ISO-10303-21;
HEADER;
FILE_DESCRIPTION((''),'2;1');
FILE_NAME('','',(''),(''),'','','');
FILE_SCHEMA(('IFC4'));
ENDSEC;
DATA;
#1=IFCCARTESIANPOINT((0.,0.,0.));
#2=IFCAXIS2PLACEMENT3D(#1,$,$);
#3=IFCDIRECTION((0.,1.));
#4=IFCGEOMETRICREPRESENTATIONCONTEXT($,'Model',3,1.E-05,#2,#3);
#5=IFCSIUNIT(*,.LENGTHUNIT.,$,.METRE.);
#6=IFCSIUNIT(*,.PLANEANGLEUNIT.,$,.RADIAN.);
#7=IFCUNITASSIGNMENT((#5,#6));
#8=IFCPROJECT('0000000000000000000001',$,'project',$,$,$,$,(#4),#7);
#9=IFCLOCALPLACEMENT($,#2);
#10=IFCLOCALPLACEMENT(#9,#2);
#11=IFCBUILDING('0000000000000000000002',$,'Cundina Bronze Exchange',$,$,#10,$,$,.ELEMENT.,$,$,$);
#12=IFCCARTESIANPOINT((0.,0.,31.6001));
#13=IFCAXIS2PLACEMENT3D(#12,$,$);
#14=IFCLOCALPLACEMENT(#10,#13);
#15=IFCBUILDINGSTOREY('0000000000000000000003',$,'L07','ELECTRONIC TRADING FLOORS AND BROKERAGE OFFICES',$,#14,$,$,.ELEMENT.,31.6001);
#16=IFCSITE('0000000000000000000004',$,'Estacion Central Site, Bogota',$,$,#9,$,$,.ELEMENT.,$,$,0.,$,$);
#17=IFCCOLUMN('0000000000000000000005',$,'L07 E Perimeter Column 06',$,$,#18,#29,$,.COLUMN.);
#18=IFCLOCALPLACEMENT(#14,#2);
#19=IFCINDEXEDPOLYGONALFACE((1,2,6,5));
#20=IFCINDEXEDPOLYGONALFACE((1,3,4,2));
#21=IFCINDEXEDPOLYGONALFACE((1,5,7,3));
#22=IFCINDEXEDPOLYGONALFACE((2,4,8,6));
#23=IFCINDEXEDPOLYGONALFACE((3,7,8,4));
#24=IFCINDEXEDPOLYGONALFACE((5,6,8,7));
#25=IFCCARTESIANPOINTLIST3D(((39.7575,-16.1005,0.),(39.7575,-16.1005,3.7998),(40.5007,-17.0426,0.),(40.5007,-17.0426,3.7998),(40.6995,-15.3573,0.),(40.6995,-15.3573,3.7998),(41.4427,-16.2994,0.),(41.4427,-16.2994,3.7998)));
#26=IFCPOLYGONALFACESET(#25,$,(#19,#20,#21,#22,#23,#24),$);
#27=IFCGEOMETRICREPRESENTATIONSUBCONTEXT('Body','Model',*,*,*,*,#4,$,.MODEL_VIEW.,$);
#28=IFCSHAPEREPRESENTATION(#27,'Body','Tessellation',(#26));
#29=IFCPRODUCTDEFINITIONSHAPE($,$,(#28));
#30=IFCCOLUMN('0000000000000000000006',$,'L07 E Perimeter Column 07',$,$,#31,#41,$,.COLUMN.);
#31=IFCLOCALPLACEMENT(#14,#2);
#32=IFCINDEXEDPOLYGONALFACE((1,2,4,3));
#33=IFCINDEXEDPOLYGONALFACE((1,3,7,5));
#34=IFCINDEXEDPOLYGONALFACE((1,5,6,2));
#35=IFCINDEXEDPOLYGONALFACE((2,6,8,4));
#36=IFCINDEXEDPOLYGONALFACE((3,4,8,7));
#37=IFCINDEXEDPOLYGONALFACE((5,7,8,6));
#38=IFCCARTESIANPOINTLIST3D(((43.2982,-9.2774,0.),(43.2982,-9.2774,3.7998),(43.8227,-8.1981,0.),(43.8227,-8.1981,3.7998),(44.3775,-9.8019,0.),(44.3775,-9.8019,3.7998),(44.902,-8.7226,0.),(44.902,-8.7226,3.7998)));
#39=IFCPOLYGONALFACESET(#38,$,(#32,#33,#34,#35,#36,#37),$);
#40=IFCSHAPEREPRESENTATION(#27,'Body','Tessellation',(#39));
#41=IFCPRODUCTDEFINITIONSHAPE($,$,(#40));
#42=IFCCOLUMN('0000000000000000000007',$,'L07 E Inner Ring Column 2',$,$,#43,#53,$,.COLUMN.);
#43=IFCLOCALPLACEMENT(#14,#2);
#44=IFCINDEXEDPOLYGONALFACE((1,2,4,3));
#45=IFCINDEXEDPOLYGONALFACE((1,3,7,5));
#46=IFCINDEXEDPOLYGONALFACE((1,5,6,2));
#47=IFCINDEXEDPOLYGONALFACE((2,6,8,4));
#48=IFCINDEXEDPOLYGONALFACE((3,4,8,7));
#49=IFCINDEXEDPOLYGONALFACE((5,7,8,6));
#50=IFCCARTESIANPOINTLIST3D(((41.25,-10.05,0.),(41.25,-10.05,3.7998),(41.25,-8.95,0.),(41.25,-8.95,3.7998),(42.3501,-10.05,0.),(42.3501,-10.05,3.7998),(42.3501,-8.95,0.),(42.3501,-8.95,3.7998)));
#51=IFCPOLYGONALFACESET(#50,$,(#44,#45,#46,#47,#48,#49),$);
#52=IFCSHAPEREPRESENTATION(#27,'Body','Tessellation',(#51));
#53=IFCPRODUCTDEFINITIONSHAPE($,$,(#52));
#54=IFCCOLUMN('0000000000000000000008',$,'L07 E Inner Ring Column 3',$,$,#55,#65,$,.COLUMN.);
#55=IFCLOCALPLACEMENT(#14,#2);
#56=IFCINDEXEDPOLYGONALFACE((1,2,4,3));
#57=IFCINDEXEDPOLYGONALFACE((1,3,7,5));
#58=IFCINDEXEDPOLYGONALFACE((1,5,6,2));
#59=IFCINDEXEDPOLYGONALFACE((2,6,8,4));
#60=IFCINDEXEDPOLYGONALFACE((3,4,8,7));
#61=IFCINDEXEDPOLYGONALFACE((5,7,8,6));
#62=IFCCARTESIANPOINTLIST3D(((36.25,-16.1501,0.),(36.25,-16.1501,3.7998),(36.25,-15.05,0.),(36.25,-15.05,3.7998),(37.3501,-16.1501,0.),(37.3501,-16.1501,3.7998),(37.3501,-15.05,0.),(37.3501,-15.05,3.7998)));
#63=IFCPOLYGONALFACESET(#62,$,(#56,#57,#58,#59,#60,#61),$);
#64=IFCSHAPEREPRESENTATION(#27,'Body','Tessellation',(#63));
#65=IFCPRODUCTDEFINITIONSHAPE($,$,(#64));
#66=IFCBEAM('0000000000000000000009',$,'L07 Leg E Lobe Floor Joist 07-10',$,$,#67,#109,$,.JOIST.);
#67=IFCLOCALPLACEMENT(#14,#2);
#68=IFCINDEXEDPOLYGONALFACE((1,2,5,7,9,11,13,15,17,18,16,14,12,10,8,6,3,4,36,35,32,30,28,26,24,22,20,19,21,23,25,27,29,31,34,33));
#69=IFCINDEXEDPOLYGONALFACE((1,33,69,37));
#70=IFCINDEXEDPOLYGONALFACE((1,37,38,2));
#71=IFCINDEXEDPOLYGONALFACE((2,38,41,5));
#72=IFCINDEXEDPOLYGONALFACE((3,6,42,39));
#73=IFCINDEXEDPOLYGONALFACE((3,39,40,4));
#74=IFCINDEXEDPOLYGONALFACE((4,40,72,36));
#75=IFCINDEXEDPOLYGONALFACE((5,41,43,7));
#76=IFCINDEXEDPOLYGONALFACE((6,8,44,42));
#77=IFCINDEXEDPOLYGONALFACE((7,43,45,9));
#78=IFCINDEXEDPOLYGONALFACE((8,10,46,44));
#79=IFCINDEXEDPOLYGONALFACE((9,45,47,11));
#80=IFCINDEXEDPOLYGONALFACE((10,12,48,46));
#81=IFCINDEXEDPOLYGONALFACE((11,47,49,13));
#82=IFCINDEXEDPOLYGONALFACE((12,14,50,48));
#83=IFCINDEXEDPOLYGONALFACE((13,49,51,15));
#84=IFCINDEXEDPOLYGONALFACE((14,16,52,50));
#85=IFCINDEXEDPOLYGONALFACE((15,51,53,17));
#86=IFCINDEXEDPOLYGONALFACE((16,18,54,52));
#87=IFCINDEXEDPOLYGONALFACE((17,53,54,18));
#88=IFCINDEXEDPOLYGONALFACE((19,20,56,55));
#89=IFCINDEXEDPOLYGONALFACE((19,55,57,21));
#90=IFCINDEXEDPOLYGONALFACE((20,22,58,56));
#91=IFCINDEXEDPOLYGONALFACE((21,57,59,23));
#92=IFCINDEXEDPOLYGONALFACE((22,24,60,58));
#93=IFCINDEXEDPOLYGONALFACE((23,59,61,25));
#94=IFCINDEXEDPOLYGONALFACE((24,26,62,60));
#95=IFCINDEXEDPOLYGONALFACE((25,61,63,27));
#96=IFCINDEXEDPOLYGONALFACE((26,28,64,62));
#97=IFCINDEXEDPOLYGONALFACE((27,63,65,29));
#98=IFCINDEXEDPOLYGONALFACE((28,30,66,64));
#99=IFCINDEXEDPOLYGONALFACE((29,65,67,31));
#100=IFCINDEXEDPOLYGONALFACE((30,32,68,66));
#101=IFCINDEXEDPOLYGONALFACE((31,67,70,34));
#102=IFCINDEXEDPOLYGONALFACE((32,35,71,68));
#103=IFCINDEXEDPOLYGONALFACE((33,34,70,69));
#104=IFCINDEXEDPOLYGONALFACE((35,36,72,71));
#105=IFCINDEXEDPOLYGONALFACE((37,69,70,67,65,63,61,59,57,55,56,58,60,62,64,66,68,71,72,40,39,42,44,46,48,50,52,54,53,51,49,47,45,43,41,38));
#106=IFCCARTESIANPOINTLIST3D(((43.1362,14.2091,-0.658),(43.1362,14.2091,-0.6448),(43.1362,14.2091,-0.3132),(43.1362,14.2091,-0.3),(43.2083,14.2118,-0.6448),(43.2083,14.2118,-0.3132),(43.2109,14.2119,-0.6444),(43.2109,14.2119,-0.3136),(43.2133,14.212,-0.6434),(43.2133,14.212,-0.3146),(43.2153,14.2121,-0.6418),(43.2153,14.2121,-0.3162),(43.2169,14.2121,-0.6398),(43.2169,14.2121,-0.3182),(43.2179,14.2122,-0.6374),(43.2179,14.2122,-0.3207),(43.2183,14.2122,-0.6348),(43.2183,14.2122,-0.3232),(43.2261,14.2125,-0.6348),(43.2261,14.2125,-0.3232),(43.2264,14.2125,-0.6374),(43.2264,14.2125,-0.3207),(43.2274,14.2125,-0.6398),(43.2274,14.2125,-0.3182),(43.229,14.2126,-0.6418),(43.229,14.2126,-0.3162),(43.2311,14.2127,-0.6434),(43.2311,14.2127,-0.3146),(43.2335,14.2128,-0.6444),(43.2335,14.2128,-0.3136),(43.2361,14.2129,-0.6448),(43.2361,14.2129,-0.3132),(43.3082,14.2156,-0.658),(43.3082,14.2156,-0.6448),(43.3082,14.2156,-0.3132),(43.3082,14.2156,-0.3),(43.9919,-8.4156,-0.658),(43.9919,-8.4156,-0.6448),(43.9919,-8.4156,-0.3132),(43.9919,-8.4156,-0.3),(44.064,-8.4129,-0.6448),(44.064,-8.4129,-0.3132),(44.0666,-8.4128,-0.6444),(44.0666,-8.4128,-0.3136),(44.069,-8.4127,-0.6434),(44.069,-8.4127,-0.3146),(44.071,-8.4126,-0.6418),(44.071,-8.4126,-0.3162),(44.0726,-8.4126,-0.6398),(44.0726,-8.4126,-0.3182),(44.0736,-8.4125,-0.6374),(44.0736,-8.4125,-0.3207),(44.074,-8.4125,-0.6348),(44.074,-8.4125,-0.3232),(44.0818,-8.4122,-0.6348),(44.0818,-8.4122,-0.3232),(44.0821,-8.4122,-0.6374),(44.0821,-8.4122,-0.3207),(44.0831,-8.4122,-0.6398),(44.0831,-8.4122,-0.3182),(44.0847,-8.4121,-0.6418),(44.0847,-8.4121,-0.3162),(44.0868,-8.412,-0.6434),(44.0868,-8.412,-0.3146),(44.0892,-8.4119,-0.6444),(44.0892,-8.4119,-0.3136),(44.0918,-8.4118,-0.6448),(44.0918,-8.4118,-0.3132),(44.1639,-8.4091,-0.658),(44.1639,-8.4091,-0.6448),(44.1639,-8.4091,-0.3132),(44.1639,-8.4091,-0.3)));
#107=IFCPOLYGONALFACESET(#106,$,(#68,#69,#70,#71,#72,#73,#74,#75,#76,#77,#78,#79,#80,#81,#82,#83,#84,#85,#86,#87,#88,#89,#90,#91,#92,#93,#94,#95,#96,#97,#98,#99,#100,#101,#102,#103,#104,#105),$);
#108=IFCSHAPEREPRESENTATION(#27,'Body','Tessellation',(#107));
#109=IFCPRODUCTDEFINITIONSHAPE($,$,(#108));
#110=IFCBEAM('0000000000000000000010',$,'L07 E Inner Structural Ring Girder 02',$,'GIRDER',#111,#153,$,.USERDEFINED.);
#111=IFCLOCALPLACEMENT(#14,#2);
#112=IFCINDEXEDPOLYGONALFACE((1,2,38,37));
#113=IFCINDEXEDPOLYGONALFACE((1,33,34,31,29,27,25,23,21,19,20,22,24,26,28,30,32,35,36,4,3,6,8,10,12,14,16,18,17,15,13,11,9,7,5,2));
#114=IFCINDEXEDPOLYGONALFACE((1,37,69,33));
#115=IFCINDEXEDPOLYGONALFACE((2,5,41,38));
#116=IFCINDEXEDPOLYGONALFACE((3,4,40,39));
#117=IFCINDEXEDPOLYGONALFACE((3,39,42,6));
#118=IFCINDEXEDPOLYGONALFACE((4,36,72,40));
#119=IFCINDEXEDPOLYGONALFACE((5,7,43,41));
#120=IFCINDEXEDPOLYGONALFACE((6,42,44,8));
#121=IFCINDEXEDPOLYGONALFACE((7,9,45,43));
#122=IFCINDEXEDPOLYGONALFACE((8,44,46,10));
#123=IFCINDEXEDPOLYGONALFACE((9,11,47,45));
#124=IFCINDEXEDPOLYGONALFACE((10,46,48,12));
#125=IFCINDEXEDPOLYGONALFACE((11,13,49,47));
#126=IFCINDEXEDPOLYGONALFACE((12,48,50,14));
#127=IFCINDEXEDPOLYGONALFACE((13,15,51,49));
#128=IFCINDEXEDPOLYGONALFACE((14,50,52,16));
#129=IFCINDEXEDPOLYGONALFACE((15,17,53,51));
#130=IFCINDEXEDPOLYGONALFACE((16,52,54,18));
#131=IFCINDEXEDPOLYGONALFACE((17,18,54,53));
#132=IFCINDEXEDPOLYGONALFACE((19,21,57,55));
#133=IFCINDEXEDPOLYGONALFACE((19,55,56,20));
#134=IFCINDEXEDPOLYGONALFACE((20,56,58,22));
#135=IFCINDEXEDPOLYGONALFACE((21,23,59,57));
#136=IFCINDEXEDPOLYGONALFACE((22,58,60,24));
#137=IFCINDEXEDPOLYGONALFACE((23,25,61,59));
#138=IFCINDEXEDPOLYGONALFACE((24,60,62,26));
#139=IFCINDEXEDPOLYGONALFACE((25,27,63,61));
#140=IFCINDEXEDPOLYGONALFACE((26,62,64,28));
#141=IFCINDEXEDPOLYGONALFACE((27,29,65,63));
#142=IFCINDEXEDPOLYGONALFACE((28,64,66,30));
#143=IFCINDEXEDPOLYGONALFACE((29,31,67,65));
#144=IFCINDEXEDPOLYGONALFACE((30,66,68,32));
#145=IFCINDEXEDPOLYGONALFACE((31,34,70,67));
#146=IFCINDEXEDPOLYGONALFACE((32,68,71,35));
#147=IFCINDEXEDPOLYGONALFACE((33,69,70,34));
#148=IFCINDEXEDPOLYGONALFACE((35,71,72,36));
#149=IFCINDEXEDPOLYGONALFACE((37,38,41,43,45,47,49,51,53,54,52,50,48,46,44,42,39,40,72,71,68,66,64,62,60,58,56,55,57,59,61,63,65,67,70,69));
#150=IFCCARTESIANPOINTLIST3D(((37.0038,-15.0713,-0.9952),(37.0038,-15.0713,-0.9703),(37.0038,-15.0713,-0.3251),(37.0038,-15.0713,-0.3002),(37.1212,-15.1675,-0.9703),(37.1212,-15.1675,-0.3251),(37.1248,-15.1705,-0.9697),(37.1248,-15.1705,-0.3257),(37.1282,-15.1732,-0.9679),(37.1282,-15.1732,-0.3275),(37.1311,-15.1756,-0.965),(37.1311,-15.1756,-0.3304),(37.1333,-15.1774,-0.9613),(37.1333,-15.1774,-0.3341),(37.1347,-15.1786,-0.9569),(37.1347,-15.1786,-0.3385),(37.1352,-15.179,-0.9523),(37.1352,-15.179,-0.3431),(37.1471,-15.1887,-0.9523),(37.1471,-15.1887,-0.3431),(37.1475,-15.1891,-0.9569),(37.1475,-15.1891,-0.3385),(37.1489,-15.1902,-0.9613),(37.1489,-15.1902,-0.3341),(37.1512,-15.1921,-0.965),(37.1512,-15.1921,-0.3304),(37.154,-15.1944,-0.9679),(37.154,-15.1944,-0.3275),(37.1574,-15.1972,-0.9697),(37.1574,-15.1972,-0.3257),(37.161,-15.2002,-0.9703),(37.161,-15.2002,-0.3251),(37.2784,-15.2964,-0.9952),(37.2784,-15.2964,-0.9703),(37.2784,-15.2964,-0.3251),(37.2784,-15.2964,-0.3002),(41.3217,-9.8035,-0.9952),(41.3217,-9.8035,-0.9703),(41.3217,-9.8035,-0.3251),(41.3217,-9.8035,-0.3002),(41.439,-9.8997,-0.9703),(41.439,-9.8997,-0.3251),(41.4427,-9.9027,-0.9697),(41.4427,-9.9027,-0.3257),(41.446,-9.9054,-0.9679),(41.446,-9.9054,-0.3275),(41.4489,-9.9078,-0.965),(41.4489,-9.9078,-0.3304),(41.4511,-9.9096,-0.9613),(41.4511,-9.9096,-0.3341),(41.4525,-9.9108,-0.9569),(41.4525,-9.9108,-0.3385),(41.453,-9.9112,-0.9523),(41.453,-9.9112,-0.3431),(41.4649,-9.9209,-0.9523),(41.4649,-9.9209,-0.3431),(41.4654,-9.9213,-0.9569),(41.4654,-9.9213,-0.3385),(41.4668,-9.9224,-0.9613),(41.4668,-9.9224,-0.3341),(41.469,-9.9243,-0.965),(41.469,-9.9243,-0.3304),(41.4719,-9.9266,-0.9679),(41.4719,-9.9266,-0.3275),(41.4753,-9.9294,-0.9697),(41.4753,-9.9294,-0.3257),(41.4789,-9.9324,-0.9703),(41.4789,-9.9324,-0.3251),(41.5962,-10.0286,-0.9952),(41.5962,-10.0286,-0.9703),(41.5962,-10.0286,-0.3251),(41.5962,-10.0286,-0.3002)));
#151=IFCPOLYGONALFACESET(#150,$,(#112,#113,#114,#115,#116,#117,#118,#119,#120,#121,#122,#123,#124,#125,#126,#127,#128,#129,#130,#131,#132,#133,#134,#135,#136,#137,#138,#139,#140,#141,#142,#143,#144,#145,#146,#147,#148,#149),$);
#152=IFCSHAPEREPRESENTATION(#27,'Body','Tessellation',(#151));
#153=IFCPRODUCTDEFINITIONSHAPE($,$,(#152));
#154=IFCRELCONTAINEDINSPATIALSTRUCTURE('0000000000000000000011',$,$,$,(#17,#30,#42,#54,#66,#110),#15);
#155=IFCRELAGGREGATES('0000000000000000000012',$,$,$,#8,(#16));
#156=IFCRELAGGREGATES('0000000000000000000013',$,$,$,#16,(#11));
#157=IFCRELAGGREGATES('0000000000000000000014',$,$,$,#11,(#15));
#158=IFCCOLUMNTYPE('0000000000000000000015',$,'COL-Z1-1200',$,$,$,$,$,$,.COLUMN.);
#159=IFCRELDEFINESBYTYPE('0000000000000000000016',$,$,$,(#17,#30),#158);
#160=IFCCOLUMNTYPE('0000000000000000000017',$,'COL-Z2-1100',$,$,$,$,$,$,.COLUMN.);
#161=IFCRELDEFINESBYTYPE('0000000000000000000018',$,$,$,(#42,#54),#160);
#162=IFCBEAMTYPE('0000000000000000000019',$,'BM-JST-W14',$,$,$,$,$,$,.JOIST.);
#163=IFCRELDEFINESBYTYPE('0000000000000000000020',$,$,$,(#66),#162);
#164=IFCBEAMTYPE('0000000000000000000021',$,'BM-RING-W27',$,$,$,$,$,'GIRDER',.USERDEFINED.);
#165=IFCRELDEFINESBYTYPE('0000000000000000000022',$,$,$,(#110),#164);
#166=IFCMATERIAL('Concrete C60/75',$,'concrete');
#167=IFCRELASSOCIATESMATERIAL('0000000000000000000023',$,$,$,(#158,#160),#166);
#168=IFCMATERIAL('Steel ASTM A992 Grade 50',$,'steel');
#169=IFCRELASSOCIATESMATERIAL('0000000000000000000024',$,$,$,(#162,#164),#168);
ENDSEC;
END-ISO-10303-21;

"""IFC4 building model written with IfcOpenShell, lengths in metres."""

from ifc_helpers import new_model, si_unit, direction, frame, origin, origin_2d, place, context, subcontext, project, spatial, rectangle, i_section, extrude, material, material_profile, profile_set, type_object, element, save


model = new_model("IFC4")

# Units and contexts
model_context = context("Model", 3, precision=1e-05, world=origin(), true_north=direction((0.0, 1.0)))
body_context = subcontext(model_context, "Body", "Model", "MODEL_VIEW")
ifc_project = project(units=[si_unit("LENGTHUNIT", "METRE"), si_unit("PLANEANGLEUNIT", "RADIAN")], contexts=[model_context])

# Site, building, storey
site_placement = place(None, origin())
site = spatial("IfcSite", under=ifc_project, at=site_placement, Name="Estacion Central Site, Bogota", CompositionType="ELEMENT", RefElevation=0.0)
building_placement = place(site_placement, origin())
building = spatial("IfcBuilding", under=site, at=building_placement, Name="Cundina Bronze Exchange", CompositionType="ELEMENT")
storey_placement = place(building_placement, frame((0.0, 0.0, 31.6001)))
storey = spatial("IfcBuildingStorey", under=building, at=storey_placement, Name="L07", Description="ELECTRONIC TRADING FLOORS AND BROKERAGE OFFICES", CompositionType="ELEMENT", Elevation=31.6001)

# Columns
ifc_material_1 = material(Name="Concrete C60/75", Category="concrete")
ifc_material_profile_1 = material_profile(ifc_material_1, rectangle(XDim=1.2, YDim=1.2, at=origin_2d()), Name="RC1200X1200", Category="concrete")
ifc_profile_set_1 = profile_set([ifc_material_profile_1], Name="Concrete C60/75")
column_type_1 = type_object("IfcColumnType", Name="COL-Z1-1200", PredefinedType="COLUMN", material=ifc_profile_set_1)
for number, where, z_axis, x_axis, name in (
    (1, (40.6001, -16.2, 0.0), (0.0, 0.0, 1.0), (0.785101, 0.619368, 0.0), "L07 E Perimeter Column 06"),
    (2, (44.1001, -9.0, 0.0), (0.0, 0.0, 1.0), (0.437116, 0.899405, 0.0), "L07 E Perimeter Column 07"),
):
    element("IfcColumn", number, at=place(storey_placement, frame(where, z_axis=z_axis, x_axis=x_axis)), inside=storey, type_object=column_type_1, Name=name, PredefinedType="COLUMN", context=body_context, shape_type="SweptSolid", body=[
        extrude(rectangle(XDim=1.2, YDim=1.2, at=origin_2d()), origin(), (0.0, 0.0, 1.0), 3.7998),
    ])
ifc_material_profile_2 = material_profile(ifc_material_1, rectangle(XDim=1.1001, YDim=1.1001, at=origin_2d()), Name="RC1100X1100", Category="concrete")
ifc_profile_set_2 = profile_set([ifc_material_profile_2], Name="Concrete C60/75")
column_type_2 = type_object("IfcColumnType", Name="COL-Z2-1100", PredefinedType="COLUMN", material=ifc_profile_set_2)
for number, where, z_axis, x_axis, name in (
    (3, (41.8, -9.5, 0.0), (0.0, 0.0, 1.0), (1.0, 0.0, 0.0), "L07 E Inner Ring Column 2"),
    (4, (36.8, -15.6001, 0.0), (0.0, 0.0, 1.0), (1.0, 0.0, 0.0), "L07 E Inner Ring Column 3"),
):
    element("IfcColumn", number, at=place(storey_placement, frame(where, z_axis=z_axis, x_axis=x_axis)), inside=storey, type_object=column_type_2, Name=name, PredefinedType="COLUMN", context=body_context, shape_type="SweptSolid", body=[
        extrude(rectangle(XDim=1.1001, YDim=1.1001, at=origin_2d()), origin(), (0.0, 0.0, 1.0), 3.7998),
    ])

# Beams
ifc_material_2 = material(Name="Steel ASTM A992 Grade 50", Category="steel")
ifc_material_profile_3 = material_profile(ifc_material_2, i_section(OverallWidth=0.1721, OverallDepth=0.3579, WebThickness=0.0078, FlangeThickness=0.0132, FilletRadius=0.01, at=origin_2d()), Name="W14X38", Category="steel")
ifc_profile_set_3 = profile_set([ifc_material_profile_3], Name="Steel ASTM A992 Grade 50")
beam_type_1 = type_object("IfcBeamType", Name="BM-JST-W14", PredefinedType="JOIST", material=ifc_profile_set_3)
beam_1_placement = place(storey_placement, frame((44.0779, -8.4124, -0.479), z_axis=(-0.037795, 0.999286, 0.0), x_axis=(-0.999286, -0.037795, 0.0)))
element("IfcBeam", 5, at=beam_1_placement, inside=storey, type_object=beam_type_1, Name="L07 Leg E Lobe Floor Joist 07-10", PredefinedType="JOIST", context=body_context, shape_type="SweptSolid", body=[
    extrude(i_section(OverallWidth=0.1721, OverallDepth=0.3579, WebThickness=0.0078, FlangeThickness=0.0132, FilletRadius=0.01, at=origin_2d()), origin(), (0.0, 0.0, 1.0), 22.6409),
])
ifc_material_profile_4 = material_profile(ifc_material_2, i_section(OverallWidth=0.355, OverallDepth=0.6951, WebThickness=0.0154, FlangeThickness=0.0249, FilletRadius=0.0181, at=origin_2d()), Name="W27X146", Category="steel")
ifc_profile_set_4 = profile_set([ifc_material_profile_4], Name="Steel ASTM A992 Grade 50")
beam_type_2 = type_object("IfcBeamType", Name="BM-RING-W27", ElementType="GIRDER", PredefinedType="USERDEFINED", material=ifc_profile_set_4)
beam_2_placement = place(storey_placement, frame((37.1411, -15.1838, -0.6477), z_axis=(0.633927, 0.773393, 0.0), x_axis=(-0.773393, 0.633927, 0.0)))
element("IfcBeam", 6, at=beam_2_placement, inside=storey, type_object=beam_type_2, Name="L07 E Inner Structural Ring Girder 02", ObjectType="GIRDER", PredefinedType="USERDEFINED", context=body_context, shape_type="SweptSolid", body=[
    extrude(i_section(OverallWidth=0.355, OverallDepth=0.6951, WebThickness=0.0154, FlangeThickness=0.0249, FilletRadius=0.0181, at=origin_2d()), origin(), (0.0, 0.0, 1.0), 6.8113),
])

save(model, "model.ifc")
